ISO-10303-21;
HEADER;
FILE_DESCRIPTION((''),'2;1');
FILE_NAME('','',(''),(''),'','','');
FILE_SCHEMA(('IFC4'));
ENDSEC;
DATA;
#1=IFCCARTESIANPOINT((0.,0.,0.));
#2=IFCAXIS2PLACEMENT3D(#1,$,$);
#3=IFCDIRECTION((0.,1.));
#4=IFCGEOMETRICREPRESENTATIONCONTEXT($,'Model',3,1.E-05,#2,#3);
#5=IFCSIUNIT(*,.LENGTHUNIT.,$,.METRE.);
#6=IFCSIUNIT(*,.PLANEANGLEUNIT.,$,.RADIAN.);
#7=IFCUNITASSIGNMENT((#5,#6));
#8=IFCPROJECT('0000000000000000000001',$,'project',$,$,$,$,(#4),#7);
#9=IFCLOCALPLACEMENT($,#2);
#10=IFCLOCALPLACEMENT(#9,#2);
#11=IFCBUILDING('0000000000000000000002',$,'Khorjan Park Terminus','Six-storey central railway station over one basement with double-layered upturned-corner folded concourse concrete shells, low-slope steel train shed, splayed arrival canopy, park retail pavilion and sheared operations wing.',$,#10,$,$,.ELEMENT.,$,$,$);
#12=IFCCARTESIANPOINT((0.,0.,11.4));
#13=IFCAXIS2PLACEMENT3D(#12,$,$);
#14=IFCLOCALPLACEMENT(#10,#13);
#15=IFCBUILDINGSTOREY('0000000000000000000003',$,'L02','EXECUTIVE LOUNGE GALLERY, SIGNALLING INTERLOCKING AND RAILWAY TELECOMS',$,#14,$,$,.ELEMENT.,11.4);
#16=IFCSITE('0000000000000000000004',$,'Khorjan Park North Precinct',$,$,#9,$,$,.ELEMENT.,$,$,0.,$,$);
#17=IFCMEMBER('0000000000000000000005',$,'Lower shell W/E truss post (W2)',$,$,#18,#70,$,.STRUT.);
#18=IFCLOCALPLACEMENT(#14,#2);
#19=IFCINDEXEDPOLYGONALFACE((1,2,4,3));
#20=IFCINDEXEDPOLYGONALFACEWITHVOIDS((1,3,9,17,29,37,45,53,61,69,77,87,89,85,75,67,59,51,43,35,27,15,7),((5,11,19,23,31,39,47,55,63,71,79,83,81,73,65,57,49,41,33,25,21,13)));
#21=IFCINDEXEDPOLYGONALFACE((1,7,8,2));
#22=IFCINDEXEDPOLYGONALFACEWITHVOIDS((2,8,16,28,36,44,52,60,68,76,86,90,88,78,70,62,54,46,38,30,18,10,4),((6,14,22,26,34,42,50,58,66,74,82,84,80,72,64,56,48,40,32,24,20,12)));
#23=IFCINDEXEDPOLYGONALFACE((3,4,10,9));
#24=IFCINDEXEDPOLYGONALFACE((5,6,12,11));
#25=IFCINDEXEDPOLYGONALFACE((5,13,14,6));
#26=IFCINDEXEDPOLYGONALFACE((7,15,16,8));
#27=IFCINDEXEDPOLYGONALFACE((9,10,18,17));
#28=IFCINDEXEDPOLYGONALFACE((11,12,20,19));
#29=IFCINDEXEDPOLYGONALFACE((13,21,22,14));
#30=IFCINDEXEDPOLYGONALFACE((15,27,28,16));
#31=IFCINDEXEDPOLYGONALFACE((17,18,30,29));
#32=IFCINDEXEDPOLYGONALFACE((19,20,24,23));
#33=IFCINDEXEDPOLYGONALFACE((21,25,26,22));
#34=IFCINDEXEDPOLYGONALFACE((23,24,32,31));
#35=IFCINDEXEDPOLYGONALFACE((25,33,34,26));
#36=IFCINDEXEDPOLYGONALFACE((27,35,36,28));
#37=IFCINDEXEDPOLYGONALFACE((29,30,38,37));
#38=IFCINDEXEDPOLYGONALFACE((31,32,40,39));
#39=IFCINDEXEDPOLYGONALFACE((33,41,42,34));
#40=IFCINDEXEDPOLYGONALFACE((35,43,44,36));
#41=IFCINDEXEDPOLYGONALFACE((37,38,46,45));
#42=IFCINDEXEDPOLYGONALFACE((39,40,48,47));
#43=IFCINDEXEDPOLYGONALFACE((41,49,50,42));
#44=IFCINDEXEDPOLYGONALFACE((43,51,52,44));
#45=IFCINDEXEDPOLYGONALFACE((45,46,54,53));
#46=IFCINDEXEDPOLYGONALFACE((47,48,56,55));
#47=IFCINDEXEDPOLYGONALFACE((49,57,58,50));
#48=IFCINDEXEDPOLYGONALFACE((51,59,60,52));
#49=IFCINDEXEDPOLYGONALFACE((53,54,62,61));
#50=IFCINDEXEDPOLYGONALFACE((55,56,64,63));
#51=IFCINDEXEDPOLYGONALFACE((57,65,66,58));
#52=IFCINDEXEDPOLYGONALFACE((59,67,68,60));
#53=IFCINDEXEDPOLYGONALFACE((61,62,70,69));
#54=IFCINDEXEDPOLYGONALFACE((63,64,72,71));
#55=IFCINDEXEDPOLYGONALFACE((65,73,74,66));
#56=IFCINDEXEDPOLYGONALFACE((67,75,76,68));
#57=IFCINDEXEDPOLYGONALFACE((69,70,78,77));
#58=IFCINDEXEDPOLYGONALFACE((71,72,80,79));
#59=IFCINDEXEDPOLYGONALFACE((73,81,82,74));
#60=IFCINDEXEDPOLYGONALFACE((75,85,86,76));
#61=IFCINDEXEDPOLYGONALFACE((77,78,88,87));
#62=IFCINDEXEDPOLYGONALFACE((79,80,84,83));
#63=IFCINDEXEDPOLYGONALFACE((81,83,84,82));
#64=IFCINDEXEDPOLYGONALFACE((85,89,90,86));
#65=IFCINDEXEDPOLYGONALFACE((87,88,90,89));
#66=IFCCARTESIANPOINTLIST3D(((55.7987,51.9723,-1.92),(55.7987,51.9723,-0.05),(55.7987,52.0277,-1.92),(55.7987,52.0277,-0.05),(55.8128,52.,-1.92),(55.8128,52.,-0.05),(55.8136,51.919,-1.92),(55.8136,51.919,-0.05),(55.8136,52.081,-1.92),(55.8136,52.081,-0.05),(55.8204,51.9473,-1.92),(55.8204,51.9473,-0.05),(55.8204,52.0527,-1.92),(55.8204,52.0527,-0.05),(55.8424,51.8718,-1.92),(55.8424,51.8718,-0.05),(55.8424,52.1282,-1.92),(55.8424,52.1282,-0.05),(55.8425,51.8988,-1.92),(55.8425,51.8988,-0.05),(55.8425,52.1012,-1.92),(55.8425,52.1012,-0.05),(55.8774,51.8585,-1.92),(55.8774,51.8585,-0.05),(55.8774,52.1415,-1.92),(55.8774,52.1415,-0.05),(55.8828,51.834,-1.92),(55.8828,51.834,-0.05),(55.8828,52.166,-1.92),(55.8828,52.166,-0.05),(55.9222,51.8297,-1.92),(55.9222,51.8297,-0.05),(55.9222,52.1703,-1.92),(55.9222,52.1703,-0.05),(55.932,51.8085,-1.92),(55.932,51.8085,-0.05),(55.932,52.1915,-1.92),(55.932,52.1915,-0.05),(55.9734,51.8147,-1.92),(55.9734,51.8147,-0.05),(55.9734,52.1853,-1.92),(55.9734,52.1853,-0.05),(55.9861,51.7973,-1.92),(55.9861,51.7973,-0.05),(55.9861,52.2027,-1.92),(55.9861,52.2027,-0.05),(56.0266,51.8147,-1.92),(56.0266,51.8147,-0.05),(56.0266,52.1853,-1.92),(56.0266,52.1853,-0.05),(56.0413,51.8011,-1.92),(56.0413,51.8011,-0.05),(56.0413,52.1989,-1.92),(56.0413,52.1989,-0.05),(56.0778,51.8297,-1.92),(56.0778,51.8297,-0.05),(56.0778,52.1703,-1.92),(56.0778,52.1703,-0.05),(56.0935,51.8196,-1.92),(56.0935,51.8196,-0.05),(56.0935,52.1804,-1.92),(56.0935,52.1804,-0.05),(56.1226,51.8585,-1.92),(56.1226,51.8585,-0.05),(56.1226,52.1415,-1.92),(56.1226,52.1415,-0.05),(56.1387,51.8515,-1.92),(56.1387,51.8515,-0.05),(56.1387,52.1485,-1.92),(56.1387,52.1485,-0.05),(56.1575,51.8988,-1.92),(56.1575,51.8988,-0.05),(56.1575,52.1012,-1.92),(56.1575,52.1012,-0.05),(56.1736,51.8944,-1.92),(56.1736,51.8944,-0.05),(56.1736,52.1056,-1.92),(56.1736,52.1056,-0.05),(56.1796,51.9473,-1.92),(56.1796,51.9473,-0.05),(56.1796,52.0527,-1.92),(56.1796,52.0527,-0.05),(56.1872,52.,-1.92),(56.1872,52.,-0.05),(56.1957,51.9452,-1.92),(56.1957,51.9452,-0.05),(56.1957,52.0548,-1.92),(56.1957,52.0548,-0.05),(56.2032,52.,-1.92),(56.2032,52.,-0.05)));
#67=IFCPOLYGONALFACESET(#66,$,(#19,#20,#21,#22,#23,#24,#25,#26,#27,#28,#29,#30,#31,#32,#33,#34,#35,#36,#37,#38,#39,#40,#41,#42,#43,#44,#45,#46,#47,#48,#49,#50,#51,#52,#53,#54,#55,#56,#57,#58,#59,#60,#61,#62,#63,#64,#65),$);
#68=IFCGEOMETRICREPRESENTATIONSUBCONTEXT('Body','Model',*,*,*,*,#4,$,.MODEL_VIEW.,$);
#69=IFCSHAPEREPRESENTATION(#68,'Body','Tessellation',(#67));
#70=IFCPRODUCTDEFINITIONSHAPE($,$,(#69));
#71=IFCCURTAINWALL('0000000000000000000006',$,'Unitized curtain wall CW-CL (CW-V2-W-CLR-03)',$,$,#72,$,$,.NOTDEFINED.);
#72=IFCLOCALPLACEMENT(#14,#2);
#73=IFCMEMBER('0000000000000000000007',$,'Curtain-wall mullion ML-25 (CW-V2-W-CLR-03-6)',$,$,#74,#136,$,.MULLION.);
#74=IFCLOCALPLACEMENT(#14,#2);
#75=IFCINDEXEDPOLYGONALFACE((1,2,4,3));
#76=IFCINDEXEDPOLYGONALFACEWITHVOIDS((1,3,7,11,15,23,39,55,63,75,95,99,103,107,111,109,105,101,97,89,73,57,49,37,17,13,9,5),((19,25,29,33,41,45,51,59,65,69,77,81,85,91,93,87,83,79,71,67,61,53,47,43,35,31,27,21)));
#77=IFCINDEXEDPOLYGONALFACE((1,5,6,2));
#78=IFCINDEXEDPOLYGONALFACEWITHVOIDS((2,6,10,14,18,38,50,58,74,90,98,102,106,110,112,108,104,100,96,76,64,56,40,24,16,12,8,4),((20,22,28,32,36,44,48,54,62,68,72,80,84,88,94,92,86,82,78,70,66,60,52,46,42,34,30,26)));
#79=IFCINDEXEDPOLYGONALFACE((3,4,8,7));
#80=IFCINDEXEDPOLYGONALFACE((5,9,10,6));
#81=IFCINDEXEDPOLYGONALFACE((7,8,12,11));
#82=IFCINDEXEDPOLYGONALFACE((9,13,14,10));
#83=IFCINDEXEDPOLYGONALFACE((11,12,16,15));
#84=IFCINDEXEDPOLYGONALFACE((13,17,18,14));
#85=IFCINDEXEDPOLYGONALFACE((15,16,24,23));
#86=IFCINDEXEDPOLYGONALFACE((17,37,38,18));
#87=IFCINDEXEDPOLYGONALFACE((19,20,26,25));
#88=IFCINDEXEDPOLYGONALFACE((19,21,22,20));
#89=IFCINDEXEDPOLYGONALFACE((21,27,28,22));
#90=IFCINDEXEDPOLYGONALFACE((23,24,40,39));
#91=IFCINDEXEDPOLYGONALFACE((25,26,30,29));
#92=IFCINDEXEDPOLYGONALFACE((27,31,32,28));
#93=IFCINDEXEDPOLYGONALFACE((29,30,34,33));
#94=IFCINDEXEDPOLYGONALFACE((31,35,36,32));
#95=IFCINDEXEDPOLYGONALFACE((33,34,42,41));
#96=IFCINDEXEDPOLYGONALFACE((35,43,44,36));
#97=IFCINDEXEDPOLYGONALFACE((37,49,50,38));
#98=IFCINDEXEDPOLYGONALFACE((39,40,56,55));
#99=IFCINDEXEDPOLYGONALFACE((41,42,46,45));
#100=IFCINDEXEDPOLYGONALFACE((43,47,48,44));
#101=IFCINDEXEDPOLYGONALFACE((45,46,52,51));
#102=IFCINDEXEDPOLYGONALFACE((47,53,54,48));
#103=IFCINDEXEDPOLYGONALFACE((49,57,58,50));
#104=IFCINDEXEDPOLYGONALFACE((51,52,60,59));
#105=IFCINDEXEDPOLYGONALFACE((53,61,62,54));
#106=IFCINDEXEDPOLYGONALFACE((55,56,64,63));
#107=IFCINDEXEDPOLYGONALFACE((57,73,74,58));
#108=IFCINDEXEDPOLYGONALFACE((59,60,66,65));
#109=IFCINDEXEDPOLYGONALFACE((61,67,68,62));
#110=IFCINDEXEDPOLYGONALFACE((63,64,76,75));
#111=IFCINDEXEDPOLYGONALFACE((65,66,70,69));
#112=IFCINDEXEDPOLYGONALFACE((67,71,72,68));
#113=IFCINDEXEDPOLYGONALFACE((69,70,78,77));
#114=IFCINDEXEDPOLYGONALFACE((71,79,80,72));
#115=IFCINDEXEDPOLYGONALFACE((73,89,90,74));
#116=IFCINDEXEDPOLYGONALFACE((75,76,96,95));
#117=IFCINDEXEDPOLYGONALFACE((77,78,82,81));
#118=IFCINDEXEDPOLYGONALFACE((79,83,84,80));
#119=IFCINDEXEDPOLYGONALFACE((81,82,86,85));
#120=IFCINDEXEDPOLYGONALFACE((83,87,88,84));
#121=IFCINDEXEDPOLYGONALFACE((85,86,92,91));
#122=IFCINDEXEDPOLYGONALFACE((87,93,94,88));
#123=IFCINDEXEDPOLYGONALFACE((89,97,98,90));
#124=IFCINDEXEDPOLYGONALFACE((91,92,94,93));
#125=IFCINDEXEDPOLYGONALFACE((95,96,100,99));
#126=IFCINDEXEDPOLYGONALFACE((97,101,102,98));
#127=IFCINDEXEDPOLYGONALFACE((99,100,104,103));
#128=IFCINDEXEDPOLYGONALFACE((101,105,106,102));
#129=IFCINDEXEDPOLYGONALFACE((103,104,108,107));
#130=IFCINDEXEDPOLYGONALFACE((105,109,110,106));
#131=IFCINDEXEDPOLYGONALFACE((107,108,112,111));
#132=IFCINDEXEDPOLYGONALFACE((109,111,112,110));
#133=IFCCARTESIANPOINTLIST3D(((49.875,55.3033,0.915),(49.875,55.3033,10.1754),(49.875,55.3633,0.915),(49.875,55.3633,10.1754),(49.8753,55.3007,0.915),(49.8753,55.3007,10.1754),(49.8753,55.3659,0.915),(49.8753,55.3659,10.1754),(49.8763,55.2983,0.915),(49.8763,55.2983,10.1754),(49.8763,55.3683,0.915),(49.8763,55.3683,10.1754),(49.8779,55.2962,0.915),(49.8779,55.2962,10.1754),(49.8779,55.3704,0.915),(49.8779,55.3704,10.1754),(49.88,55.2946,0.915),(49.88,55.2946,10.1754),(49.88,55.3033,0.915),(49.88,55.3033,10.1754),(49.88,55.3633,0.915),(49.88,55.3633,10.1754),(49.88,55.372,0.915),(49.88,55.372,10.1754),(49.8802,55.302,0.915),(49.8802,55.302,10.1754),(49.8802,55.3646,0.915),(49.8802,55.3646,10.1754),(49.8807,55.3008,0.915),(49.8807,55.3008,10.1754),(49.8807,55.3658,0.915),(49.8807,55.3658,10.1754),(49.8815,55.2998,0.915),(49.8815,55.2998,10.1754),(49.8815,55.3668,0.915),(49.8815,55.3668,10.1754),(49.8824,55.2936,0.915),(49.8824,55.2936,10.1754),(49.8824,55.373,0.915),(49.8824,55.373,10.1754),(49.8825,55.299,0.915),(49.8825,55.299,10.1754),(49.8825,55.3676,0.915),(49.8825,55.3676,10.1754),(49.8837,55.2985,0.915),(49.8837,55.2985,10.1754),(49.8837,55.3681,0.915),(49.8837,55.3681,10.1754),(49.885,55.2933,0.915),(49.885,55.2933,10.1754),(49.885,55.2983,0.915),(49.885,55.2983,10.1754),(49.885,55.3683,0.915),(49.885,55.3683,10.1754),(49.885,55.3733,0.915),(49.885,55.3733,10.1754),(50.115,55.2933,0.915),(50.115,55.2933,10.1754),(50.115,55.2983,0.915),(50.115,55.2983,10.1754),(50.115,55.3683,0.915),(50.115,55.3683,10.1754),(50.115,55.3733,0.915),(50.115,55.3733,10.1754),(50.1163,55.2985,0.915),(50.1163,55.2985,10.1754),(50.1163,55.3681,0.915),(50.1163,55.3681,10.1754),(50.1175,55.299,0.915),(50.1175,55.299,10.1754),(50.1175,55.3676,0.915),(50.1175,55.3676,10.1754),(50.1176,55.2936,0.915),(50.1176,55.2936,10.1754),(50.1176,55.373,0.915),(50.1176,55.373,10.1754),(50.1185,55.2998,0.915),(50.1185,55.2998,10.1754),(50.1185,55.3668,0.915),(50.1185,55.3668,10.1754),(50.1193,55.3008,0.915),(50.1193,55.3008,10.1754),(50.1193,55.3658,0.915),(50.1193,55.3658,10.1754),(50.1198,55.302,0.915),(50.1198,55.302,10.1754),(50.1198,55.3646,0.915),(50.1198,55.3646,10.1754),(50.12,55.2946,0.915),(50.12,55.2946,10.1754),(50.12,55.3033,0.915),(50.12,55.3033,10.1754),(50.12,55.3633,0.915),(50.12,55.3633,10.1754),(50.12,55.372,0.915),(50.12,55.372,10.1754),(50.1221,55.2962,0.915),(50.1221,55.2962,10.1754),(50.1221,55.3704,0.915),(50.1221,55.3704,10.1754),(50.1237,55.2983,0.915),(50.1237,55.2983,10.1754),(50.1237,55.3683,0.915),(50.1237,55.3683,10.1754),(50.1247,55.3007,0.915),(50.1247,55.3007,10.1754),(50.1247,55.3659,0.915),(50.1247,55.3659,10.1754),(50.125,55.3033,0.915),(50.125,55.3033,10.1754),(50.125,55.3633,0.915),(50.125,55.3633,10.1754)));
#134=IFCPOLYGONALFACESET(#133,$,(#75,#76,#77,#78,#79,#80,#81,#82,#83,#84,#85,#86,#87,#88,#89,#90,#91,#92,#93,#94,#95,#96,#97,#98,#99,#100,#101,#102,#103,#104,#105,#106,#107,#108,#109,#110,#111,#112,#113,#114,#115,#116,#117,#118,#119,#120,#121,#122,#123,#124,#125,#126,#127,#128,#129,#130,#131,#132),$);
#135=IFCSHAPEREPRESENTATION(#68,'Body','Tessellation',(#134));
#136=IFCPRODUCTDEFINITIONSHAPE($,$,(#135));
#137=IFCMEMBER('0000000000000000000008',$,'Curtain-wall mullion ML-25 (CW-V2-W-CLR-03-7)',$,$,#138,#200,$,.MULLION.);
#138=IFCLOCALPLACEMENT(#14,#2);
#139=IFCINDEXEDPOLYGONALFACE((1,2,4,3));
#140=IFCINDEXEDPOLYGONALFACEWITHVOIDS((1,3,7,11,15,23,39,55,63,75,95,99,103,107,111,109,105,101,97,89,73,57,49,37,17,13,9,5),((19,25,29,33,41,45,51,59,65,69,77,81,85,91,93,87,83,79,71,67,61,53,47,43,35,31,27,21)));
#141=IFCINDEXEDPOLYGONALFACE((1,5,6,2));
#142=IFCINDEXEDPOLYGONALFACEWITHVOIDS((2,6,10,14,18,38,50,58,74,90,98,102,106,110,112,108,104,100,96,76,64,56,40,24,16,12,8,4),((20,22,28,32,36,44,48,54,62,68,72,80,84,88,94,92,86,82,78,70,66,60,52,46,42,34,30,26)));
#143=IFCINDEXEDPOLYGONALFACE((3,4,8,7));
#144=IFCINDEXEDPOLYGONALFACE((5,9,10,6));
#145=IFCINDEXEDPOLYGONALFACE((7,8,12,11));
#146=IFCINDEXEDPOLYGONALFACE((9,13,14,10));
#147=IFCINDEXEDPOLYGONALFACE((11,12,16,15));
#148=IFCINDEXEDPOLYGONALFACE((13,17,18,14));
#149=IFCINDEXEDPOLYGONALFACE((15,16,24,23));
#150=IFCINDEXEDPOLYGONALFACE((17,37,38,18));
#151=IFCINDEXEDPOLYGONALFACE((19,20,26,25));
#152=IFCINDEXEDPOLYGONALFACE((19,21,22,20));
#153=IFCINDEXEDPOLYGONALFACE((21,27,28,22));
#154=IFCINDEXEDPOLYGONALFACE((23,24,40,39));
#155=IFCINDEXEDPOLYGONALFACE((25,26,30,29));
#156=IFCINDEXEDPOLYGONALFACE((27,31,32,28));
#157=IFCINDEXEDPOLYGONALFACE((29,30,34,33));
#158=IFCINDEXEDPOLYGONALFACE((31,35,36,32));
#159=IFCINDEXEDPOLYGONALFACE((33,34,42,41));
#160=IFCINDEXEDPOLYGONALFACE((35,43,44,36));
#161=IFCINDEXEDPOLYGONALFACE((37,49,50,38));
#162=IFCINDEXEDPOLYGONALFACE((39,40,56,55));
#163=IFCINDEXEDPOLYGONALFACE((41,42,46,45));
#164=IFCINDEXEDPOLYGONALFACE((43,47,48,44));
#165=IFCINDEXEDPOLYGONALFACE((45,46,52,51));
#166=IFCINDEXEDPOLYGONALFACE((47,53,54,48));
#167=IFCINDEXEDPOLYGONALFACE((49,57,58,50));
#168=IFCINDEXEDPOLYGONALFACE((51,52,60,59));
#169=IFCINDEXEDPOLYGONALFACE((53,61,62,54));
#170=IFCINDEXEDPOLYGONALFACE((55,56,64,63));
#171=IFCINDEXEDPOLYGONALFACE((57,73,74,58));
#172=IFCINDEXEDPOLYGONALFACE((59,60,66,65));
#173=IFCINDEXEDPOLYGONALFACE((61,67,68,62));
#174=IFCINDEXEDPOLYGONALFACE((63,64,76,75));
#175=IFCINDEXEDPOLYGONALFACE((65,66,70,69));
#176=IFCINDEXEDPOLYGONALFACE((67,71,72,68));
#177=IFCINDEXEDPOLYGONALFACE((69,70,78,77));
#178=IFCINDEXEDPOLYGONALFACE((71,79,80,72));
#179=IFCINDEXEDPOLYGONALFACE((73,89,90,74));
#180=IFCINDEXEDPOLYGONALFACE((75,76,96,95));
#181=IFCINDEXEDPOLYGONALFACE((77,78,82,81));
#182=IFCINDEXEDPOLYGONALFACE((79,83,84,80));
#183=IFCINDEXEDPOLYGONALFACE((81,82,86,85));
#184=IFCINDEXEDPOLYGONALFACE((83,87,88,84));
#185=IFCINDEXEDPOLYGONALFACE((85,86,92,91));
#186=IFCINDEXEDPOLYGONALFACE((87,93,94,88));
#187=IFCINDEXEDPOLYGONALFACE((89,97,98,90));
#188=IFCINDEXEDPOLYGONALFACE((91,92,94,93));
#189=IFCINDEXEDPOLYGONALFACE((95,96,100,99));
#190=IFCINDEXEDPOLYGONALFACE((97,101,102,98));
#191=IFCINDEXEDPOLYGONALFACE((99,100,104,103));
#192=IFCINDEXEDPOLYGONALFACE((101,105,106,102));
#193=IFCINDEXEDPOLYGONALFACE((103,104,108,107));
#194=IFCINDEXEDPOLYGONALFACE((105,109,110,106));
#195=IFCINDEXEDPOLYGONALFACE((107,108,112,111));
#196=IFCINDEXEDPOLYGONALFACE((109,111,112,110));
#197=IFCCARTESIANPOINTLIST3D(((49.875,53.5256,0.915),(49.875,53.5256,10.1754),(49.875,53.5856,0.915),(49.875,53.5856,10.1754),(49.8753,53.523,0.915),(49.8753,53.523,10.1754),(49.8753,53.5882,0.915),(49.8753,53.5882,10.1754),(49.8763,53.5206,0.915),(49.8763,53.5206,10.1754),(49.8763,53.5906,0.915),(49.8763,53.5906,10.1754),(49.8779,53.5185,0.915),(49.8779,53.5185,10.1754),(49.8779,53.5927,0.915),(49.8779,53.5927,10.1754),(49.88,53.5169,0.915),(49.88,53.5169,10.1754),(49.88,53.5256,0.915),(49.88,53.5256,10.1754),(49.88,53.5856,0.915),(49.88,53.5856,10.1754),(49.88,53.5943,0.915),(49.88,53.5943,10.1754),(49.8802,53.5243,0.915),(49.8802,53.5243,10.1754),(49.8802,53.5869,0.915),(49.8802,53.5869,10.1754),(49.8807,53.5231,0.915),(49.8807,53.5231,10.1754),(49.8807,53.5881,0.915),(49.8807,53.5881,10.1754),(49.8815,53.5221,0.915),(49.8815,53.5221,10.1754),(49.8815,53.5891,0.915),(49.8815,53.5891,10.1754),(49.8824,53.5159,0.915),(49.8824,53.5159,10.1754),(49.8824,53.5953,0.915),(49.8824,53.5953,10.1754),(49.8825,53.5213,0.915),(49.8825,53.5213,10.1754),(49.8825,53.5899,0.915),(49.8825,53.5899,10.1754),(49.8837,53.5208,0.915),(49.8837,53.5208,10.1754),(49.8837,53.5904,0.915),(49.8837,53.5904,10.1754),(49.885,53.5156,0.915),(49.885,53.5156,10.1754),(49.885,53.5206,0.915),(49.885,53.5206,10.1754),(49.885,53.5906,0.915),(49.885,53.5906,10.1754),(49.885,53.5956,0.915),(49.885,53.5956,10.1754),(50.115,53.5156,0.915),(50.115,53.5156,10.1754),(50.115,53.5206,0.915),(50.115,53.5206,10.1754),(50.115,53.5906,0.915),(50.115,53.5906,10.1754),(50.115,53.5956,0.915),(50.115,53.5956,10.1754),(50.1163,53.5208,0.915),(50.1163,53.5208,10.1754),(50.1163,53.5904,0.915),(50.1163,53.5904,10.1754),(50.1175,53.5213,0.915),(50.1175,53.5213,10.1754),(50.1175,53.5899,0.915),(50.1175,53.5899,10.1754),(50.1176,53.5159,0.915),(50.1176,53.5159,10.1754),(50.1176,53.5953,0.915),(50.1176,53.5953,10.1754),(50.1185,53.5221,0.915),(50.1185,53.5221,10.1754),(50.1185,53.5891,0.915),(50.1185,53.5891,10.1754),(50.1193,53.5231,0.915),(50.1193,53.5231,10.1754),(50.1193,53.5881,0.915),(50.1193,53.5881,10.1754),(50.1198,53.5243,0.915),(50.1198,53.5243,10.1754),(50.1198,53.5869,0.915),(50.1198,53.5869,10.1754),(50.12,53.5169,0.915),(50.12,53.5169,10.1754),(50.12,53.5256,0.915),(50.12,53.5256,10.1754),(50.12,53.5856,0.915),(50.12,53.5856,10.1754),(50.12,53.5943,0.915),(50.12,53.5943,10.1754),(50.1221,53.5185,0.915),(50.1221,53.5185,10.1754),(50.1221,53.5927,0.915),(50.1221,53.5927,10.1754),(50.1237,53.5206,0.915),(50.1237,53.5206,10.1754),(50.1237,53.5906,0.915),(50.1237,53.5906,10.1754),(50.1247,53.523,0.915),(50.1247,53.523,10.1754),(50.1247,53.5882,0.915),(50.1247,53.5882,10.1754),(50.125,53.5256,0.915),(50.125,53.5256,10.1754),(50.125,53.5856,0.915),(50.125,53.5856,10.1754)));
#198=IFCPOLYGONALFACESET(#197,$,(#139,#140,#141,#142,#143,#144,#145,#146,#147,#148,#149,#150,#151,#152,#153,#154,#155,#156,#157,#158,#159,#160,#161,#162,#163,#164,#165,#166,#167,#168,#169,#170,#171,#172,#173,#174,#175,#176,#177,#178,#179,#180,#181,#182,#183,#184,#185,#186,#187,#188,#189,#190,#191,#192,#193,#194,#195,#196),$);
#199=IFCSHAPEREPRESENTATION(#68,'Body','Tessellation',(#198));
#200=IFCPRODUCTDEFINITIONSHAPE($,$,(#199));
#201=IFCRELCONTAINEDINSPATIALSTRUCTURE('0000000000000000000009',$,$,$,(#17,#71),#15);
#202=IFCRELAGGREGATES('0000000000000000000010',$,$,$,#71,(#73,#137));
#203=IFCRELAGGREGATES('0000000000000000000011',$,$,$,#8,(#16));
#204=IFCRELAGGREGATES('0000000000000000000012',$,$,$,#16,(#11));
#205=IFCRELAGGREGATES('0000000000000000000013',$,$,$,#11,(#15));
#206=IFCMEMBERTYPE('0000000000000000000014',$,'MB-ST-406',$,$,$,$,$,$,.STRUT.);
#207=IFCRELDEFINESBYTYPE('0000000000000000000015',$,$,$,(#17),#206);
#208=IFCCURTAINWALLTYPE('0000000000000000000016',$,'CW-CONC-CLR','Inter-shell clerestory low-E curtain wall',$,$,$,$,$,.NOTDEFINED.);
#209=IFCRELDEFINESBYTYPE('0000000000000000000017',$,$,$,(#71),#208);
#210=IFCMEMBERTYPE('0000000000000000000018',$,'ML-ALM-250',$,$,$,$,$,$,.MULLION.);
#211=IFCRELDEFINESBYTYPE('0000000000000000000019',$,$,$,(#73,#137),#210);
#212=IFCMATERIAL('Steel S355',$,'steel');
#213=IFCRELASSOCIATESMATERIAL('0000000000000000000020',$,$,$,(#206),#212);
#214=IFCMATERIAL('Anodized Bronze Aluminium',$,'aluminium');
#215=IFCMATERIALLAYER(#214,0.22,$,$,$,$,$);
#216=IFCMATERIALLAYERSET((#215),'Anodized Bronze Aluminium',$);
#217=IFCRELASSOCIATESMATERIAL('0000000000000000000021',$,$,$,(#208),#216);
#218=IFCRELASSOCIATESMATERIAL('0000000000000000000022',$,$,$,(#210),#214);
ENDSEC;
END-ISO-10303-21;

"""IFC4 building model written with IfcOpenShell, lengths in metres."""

from ifc_helpers import new_model, si_unit, direction, frame, origin, origin_2d, place, context, subcontext, project, spatial, hollow_rectangle, hollow_circle, extrude, material, layer, layer_set, material_profile, profile_set, type_object, element, aggregate, save


model = new_model("IFC4")

# Units and contexts
model_context = context("Model", 3, precision=1e-05, world=origin(), true_north=direction((0.0, 1.0)))
body_context = subcontext(model_context, "Body", "Model", "MODEL_VIEW")
ifc_project = project(units=[si_unit("LENGTHUNIT", "METRE"), si_unit("PLANEANGLEUNIT", "RADIAN")], contexts=[model_context])

# Site, building, storey
site_placement = place(None, origin())
site = spatial("IfcSite", under=ifc_project, at=site_placement, Name="Khorjan Park North Precinct", CompositionType="ELEMENT", RefElevation=0.0)
building_placement = place(site_placement, origin())
building = spatial("IfcBuilding", under=site, at=building_placement, Name="Khorjan Park Terminus", Description="Six-storey central railway station over one basement with double-layered upturned-corner folded concourse concrete shells, low-slope steel train shed, splayed arrival canopy, park retail pavilion and sheared operations wing.", CompositionType="ELEMENT")
storey_placement = place(building_placement, frame((0.0, 0.0, 11.4)))
storey = spatial("IfcBuildingStorey", under=building, at=storey_placement, Name="L02", Description="EXECUTIVE LOUNGE GALLERY, SIGNALLING INTERLOCKING AND RAILWAY TELECOMS", CompositionType="ELEMENT", Elevation=11.4)

# Shared definitions
ifc_material_1 = material(Name="Steel S355", Category="steel")

# Member
ifc_material_profile_1 = material_profile(ifc_material_1, hollow_circle(Radius=0.2032, WallThickness=0.016, at=origin_2d()), Name="CHS 406.4x16")
ifc_profile_set_1 = profile_set([ifc_material_profile_1], Name="Steel S355")
member_type_1 = type_object("IfcMemberType", Name="MB-ST-406", PredefinedType="STRUT", material=ifc_profile_set_1)
for number, where, z_axis, x_axis, name in (
    (1, (56.0, 52.0, -1.92), (0.0, 0.0, 1.0), (1.0, 0.0, 0.0), "Lower shell W/E truss post (W2)"),
):
    element("IfcMember", number, at=place(storey_placement, frame(where, z_axis=z_axis, x_axis=x_axis)), inside=storey, type_object=member_type_1, Name=name, PredefinedType="STRUT", context=body_context, shape_type="SweptSolid", body=[
        extrude(hollow_circle(Radius=0.2032, WallThickness=0.016, at=origin_2d()), origin(), (0.0, 0.0, 1.0), 1.87),
    ])

# Curtain wall, members
ifc_material_2 = material(Name="Anodized Bronze Aluminium", Category="aluminium")
ifc_layer_1 = layer(ifc_material_2, 0.22)
ifc_layer_set_1 = layer_set([ifc_layer_1], Name="Anodized Bronze Aluminium")
curtain_wall_type = type_object("IfcCurtainWallType", Name="CW-CONC-CLR", Description="Inter-shell clerestory low-E curtain wall", PredefinedType="NOTDEFINED", material=ifc_layer_set_1)
curtain_wall_placement = place(storey_placement, origin())
curtain_wall = element("IfcCurtainWall", 2, at=curtain_wall_placement, inside=storey, type_object=curtain_wall_type, Name="Unitized curtain wall CW-CL (CW-V2-W-CLR-03)", PredefinedType="NOTDEFINED")
ifc_material_profile_2 = material_profile(ifc_material_2, hollow_rectangle(XDim=0.08, YDim=0.25, WallThickness=0.005, InnerFilletRadius=0.005, OuterFilletRadius=0.01, at=origin_2d()), Name="ALM 80x250x5")
ifc_profile_set_2 = profile_set([ifc_material_profile_2], Name="Anodized Bronze Aluminium")
member_type_2 = type_object("IfcMemberType", Name="ML-ALM-250", PredefinedType="MULLION", material=ifc_profile_set_2)
member_1_placement = place(storey_placement, frame((50.0, 55.3333, 0.915), z_axis=(0.0, 0.0, 1.0), x_axis=(0.0, -1.0, 0.0)))
member_1 = element("IfcMember", 3, at=member_1_placement, type_object=member_type_2, Name="Curtain-wall mullion ML-25 (CW-V2-W-CLR-03-6)", PredefinedType="MULLION", context=body_context, shape_type="SweptSolid", body=[
    extrude(hollow_rectangle(XDim=0.08, YDim=0.25, WallThickness=0.005, InnerFilletRadius=0.005, OuterFilletRadius=0.01, at=origin_2d()), origin(), (0.0, 0.0, 1.0), 9.2604),
])
member_2_placement = place(storey_placement, frame((50.0, 53.5556, 0.915), z_axis=(0.0, 0.0, 1.0), x_axis=(0.0, -1.0, 0.0)))
member_2 = element("IfcMember", 4, at=member_2_placement, type_object=member_type_2, Name="Curtain-wall mullion ML-25 (CW-V2-W-CLR-03-7)", PredefinedType="MULLION", context=body_context, shape_type="SweptSolid", body=[
    extrude(hollow_rectangle(XDim=0.08, YDim=0.25, WallThickness=0.005, InnerFilletRadius=0.005, OuterFilletRadius=0.01, at=origin_2d()), origin(), (0.0, 0.0, 1.0), 9.2604),
])

aggregate(curtain_wall, [member_1, member_2])

save(model, "model.ifc")
